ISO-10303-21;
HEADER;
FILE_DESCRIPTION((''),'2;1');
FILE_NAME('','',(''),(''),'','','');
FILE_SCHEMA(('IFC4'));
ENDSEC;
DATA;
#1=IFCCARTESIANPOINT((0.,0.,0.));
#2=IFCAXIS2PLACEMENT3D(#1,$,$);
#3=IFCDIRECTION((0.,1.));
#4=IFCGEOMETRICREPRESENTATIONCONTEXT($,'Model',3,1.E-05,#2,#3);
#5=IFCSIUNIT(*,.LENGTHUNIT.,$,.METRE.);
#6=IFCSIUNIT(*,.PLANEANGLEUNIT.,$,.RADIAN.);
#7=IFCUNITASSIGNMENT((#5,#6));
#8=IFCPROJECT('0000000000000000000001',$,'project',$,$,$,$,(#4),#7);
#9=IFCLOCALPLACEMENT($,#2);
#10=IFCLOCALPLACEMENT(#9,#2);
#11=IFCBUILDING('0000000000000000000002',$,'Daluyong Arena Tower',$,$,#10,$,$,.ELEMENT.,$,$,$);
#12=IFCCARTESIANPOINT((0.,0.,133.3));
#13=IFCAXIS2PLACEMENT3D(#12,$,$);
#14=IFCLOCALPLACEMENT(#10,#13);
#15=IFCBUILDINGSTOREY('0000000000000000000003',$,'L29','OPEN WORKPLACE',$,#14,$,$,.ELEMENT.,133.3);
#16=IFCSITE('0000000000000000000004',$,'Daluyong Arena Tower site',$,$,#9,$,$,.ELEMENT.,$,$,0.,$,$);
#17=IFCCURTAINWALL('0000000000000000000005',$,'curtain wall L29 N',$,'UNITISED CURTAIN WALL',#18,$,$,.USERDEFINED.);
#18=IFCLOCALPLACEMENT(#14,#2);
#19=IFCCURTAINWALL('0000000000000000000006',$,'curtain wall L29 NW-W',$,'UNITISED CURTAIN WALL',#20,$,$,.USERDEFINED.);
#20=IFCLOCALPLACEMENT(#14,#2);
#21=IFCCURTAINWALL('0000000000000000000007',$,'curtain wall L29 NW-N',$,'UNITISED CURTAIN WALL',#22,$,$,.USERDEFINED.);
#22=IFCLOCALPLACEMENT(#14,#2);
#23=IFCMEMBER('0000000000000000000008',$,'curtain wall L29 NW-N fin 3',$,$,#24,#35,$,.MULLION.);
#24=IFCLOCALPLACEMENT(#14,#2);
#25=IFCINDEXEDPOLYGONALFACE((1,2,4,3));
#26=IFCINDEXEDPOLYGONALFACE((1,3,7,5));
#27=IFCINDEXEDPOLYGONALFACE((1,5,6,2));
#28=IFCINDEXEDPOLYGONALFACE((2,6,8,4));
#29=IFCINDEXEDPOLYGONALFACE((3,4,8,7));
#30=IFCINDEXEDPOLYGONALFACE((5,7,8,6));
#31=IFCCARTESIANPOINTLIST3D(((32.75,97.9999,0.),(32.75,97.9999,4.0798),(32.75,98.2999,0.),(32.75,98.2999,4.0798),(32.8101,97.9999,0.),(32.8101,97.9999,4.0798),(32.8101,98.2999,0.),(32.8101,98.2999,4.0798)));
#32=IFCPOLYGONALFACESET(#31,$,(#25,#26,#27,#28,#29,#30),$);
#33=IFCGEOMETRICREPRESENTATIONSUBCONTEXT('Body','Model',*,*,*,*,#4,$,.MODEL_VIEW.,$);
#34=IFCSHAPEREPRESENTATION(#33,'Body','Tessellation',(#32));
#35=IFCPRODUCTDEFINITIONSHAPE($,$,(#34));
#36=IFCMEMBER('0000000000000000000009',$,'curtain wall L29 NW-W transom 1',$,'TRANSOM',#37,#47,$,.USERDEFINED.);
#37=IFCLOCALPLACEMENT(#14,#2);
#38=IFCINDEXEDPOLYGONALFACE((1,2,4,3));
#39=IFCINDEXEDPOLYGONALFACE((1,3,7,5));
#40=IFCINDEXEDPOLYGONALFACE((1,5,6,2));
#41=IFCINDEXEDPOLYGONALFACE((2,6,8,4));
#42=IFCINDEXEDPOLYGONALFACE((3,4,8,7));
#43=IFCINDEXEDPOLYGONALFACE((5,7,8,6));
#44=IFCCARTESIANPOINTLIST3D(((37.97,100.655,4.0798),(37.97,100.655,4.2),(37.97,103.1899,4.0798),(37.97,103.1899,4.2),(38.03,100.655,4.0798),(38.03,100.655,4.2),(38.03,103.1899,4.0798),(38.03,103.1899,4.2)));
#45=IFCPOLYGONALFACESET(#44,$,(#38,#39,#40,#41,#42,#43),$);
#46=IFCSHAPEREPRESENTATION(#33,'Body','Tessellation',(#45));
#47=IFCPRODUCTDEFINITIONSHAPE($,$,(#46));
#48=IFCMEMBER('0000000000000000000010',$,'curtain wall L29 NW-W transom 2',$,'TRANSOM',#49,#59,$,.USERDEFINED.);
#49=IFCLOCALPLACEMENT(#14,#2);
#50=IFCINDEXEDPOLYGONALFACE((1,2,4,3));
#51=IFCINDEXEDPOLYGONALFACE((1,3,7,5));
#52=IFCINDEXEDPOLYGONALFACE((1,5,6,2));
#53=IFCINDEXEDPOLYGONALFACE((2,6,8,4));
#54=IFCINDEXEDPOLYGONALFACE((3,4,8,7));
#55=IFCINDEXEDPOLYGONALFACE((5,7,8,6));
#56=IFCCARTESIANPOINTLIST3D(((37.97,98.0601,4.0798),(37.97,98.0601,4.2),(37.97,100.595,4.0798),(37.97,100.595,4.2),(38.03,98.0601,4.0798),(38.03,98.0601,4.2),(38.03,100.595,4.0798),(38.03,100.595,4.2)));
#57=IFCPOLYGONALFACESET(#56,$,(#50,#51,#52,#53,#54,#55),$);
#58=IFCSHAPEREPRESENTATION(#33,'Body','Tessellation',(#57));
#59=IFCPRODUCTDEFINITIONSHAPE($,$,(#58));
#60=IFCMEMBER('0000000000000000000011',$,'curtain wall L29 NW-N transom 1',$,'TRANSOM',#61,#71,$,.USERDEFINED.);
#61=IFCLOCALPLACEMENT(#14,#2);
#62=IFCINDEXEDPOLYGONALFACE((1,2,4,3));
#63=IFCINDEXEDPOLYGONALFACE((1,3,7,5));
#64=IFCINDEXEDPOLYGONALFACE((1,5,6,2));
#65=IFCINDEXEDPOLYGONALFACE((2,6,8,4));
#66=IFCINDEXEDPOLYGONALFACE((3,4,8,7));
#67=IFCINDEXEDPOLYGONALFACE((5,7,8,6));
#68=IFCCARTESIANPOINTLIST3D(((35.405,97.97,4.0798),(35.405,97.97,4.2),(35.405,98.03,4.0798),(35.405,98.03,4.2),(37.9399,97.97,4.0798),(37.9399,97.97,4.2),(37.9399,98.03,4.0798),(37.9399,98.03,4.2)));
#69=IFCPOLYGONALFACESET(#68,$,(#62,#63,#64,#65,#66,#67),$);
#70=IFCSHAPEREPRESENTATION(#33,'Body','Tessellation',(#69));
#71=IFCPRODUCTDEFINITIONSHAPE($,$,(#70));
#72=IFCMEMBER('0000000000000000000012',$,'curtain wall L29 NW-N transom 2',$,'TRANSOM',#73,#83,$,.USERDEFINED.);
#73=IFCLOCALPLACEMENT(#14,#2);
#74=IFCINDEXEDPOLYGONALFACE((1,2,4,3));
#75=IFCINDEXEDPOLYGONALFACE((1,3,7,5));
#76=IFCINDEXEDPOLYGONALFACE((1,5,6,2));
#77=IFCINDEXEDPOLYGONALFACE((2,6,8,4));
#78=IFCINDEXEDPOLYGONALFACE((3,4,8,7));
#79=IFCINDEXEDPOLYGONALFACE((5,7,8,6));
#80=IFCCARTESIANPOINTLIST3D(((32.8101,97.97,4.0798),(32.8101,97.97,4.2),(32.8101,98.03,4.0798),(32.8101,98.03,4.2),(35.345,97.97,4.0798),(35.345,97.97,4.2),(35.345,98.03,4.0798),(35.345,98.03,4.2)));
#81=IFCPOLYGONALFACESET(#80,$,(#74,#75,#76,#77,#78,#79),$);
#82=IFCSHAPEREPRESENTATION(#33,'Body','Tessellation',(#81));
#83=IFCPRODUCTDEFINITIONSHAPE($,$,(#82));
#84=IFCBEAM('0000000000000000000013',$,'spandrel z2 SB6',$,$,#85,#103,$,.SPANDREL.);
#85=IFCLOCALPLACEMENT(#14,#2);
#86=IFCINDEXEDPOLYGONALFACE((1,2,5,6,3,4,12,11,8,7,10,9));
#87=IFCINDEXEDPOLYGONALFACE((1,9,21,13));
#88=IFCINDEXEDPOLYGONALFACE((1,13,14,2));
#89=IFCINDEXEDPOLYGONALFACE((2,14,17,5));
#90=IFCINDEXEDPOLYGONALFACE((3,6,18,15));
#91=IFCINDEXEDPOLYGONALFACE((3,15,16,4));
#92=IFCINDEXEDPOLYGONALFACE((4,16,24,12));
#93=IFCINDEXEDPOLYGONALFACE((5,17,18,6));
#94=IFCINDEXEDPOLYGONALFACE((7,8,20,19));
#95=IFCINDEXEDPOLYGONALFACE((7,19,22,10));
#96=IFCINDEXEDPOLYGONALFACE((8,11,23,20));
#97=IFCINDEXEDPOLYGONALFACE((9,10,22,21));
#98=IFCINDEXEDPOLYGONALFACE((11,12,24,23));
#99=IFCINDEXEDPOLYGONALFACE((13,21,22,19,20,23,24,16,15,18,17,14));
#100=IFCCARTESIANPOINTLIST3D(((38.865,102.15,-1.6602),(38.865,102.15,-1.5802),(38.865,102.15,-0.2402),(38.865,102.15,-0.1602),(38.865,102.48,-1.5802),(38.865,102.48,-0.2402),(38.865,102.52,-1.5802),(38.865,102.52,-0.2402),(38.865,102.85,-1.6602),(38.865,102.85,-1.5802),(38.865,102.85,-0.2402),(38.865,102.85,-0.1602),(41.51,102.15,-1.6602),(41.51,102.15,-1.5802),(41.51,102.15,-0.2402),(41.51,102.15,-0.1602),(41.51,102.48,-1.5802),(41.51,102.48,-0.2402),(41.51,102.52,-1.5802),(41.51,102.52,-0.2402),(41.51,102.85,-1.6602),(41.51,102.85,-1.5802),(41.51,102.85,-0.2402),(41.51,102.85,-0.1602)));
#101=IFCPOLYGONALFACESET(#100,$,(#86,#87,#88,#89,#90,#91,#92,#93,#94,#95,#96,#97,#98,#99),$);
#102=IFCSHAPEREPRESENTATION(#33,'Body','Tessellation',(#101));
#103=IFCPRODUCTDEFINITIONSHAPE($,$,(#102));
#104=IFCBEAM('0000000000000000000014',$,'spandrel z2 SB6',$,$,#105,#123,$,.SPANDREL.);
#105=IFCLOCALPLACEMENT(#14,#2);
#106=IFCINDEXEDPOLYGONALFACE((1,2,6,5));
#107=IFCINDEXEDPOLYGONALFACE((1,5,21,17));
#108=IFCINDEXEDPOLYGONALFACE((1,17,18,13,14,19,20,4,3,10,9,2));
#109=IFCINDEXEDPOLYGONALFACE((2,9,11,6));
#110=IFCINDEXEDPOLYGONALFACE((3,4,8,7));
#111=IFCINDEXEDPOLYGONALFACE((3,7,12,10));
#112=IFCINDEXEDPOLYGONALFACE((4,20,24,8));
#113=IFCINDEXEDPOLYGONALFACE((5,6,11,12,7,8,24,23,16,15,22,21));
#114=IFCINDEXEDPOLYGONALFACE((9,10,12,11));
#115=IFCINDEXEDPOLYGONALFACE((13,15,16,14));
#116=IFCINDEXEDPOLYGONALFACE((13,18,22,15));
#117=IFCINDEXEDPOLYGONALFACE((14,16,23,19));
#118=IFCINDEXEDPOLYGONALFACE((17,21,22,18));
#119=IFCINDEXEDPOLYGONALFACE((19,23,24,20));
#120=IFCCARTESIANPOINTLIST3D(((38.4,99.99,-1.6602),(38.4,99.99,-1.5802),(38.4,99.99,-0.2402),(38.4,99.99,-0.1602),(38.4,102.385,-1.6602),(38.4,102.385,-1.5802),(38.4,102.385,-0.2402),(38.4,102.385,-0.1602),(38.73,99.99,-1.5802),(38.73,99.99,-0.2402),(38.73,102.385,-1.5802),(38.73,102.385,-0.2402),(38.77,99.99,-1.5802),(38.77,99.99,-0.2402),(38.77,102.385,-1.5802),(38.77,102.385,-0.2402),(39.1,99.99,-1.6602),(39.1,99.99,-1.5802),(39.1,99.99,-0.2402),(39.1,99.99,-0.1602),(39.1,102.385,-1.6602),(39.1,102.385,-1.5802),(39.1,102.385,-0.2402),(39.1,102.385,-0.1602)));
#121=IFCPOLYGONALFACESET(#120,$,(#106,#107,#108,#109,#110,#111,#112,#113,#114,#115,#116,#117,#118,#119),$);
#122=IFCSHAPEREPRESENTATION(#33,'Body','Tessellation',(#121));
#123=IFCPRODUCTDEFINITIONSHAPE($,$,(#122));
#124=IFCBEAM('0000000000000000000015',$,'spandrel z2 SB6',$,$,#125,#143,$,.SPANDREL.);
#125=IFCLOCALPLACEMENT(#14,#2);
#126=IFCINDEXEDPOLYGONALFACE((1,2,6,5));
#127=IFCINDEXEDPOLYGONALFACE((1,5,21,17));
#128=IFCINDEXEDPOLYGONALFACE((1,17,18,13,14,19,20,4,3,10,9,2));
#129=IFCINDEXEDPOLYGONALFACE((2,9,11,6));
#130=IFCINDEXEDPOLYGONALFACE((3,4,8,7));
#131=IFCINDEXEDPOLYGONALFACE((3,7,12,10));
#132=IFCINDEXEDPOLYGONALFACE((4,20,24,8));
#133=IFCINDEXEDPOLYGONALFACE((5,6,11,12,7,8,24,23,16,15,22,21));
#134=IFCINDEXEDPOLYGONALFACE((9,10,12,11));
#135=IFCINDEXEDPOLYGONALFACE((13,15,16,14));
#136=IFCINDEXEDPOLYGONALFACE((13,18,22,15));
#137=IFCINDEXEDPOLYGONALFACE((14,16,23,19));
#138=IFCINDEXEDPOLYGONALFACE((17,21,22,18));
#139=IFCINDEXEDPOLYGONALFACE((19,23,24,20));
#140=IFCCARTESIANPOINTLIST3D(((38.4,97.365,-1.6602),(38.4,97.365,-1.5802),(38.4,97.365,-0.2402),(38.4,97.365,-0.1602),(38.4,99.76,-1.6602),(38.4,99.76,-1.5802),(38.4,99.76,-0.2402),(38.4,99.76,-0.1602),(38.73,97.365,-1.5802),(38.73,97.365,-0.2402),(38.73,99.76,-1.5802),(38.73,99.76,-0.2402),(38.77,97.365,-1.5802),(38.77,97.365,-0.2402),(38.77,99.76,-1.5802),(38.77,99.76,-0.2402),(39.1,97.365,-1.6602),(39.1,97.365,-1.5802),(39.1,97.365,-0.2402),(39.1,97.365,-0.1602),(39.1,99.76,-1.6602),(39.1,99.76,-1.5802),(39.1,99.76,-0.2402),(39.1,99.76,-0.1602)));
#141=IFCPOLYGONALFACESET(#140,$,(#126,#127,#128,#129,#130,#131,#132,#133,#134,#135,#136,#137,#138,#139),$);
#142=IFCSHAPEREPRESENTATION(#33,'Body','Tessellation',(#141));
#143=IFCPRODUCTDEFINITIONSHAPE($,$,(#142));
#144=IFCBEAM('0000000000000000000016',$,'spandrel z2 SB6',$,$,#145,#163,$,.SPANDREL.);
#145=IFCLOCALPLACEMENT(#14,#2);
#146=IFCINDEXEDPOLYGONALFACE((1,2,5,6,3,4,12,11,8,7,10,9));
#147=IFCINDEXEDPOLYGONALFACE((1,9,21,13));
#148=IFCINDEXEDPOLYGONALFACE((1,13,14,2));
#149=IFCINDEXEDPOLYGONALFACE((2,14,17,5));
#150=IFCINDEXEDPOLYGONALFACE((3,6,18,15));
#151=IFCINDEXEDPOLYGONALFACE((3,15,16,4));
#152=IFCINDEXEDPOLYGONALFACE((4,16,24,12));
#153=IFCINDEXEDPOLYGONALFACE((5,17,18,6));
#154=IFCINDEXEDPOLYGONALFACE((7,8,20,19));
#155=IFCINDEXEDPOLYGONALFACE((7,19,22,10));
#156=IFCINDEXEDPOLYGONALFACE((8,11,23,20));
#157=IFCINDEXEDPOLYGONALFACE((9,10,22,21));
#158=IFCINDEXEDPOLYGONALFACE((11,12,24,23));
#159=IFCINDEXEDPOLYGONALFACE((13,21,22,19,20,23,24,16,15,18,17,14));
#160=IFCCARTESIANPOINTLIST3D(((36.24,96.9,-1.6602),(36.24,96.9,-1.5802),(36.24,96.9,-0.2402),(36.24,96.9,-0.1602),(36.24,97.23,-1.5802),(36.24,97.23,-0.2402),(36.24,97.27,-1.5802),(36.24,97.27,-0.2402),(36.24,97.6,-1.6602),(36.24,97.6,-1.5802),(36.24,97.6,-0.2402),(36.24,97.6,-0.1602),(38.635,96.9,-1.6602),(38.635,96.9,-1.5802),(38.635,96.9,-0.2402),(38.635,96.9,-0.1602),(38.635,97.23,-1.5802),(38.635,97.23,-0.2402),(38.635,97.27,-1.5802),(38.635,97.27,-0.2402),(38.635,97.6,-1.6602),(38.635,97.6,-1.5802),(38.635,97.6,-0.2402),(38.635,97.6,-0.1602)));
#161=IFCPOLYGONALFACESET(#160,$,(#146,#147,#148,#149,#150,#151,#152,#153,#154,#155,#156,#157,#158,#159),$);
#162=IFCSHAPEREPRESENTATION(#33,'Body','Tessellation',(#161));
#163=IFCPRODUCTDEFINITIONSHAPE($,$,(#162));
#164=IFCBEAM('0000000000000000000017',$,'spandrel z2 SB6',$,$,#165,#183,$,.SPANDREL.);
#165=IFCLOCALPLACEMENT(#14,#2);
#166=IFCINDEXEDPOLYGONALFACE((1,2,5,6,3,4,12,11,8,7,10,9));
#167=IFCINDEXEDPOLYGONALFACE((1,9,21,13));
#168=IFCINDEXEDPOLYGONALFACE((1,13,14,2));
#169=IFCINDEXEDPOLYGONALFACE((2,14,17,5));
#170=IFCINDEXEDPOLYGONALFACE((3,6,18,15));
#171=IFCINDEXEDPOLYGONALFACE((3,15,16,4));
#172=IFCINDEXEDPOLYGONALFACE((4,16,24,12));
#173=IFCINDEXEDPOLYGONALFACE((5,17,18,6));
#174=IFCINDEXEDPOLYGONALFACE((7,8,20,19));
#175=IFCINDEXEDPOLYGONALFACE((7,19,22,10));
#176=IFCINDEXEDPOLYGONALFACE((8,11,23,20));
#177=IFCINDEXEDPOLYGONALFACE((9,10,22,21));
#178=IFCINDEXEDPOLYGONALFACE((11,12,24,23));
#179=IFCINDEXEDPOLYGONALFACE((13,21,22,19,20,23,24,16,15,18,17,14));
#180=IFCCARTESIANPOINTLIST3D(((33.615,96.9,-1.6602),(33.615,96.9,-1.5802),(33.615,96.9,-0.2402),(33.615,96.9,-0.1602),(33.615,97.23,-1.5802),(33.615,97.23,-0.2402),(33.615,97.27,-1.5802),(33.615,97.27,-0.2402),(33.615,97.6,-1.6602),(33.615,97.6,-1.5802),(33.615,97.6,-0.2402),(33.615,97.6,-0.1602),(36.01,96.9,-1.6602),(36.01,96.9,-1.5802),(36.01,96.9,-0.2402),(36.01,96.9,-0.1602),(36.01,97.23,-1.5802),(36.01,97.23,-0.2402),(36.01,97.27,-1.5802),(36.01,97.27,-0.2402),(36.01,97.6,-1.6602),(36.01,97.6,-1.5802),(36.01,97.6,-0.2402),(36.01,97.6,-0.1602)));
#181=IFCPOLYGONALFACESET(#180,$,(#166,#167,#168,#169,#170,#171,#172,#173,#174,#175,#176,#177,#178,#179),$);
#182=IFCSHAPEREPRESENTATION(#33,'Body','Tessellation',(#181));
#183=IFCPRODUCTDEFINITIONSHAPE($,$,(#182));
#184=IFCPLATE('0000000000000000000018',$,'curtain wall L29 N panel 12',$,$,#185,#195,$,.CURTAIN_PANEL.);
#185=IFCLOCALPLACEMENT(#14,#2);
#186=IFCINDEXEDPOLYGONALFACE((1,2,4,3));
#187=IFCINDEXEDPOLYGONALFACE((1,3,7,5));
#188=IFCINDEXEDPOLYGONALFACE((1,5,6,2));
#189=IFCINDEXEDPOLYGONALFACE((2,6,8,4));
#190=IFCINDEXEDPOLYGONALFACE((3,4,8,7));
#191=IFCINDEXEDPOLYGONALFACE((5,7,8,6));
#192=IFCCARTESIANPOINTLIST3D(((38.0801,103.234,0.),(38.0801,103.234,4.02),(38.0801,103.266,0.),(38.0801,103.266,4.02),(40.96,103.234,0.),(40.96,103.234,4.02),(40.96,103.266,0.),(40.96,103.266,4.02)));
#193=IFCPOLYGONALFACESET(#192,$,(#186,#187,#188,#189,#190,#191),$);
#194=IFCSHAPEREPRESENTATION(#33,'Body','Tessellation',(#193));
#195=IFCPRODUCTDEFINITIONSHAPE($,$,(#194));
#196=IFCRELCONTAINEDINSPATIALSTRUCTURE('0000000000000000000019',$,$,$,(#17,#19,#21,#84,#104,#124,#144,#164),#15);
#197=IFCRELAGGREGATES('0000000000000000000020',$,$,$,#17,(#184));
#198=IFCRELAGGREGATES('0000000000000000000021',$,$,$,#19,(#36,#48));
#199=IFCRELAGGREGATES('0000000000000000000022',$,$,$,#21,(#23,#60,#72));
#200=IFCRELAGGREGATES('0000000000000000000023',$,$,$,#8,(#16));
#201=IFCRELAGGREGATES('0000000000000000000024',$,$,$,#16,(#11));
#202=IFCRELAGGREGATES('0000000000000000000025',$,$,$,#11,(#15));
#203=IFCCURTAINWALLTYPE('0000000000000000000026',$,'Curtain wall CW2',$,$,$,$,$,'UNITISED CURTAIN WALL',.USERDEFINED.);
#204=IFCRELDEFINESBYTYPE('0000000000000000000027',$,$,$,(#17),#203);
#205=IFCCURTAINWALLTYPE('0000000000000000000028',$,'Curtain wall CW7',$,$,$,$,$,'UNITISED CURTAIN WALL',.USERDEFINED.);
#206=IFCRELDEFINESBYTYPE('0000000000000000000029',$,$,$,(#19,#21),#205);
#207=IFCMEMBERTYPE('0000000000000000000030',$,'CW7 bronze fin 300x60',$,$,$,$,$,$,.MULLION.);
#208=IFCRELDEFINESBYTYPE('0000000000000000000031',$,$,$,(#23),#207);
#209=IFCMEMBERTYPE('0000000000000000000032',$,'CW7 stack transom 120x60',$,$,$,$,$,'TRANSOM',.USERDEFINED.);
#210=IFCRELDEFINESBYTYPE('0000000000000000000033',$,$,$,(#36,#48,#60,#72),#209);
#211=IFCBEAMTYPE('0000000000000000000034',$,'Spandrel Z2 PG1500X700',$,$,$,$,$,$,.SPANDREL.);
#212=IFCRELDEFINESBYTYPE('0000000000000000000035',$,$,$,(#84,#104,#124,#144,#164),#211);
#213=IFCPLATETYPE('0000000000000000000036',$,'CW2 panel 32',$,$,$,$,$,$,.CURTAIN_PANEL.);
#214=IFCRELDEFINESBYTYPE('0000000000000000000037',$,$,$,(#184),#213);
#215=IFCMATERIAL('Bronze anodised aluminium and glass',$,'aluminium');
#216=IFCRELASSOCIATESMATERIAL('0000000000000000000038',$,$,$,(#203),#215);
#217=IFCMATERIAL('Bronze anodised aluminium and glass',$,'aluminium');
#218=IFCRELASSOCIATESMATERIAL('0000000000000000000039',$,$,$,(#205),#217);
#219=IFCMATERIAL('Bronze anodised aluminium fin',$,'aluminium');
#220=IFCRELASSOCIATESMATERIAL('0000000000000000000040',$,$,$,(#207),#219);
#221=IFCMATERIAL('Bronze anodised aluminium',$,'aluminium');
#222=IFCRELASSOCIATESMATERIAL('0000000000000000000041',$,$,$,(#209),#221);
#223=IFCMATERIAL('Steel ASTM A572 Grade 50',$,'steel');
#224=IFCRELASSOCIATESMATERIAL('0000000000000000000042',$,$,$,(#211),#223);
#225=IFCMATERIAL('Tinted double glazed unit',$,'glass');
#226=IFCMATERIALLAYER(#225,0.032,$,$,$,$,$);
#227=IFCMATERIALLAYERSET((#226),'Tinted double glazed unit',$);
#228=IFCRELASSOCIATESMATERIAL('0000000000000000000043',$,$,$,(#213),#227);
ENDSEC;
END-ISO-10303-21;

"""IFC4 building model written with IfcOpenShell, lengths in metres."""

from ifc_helpers import new_model, si_unit, direction, frame, origin, origin_2d, place, context, subcontext, project, spatial, rectangle, i_section, extrude, material, layer, layer_set, material_profile, profile_set, type_object, element, aggregate, save


model = new_model("IFC4")

# Units and contexts
model_context = context("Model", 3, precision=1e-05, world=origin(), true_north=direction((0.0, 1.0)))
body_context = subcontext(model_context, "Body", "Model", "MODEL_VIEW")
ifc_project = project(units=[si_unit("LENGTHUNIT", "METRE"), si_unit("PLANEANGLEUNIT", "RADIAN")], contexts=[model_context])

# Site, building, storey
site_placement = place(None, origin())
site = spatial("IfcSite", under=ifc_project, at=site_placement, Name="Daluyong Arena Tower site", CompositionType="ELEMENT", RefElevation=0.0)
building_placement = place(site_placement, origin())
building = spatial("IfcBuilding", under=site, at=building_placement, Name="Daluyong Arena Tower", CompositionType="ELEMENT")
storey_placement = place(building_placement, frame((0.0, 0.0, 133.3)))
storey = spatial("IfcBuildingStorey", under=building, at=storey_placement, Name="L29", Description="OPEN WORKPLACE", CompositionType="ELEMENT", Elevation=133.3)

# Curtain wall
ifc_material_1 = material(Name="Bronze anodised aluminium and glass", Category="aluminium")
curtain_wall_type_1 = type_object("IfcCurtainWallType", Name="Curtain wall CW2", ElementType="UNITISED CURTAIN WALL", PredefinedType="USERDEFINED", material=ifc_material_1)
curtain_wall_1_placement = place(storey_placement, origin())
curtain_wall_1 = element("IfcCurtainWall", 1, at=curtain_wall_1_placement, inside=storey, type_object=curtain_wall_type_1, Name="curtain wall L29 N", ObjectType="UNITISED CURTAIN WALL", PredefinedType="USERDEFINED")

# Curtain walls, member
ifc_material_2 = material(Name="Bronze anodised aluminium and glass", Category="aluminium")
curtain_wall_type_2 = type_object("IfcCurtainWallType", Name="Curtain wall CW7", ElementType="UNITISED CURTAIN WALL", PredefinedType="USERDEFINED", material=ifc_material_2)
curtain_wall_2_placement = place(storey_placement, origin())
curtain_wall_2 = element("IfcCurtainWall", 2, at=curtain_wall_2_placement, inside=storey, type_object=curtain_wall_type_2, Name="curtain wall L29 NW-W", ObjectType="UNITISED CURTAIN WALL", PredefinedType="USERDEFINED")
ifc_material_3 = material(Name="Bronze anodised aluminium fin", Category="aluminium")
ifc_material_profile_1 = material_profile(ifc_material_3, rectangle(XDim=0.3, YDim=0.0601, at=origin_2d()))
ifc_profile_set_1 = profile_set([ifc_material_profile_1], Name="Bronze anodised aluminium fin")
member_type_1 = type_object("IfcMemberType", Name="CW7 bronze fin 300x60", PredefinedType="MULLION", material=ifc_profile_set_1)
curtain_wall_3_placement = place(storey_placement, origin())
curtain_wall_3 = element("IfcCurtainWall", 3, at=curtain_wall_3_placement, inside=storey, type_object=curtain_wall_type_2, Name="curtain wall L29 NW-N", ObjectType="UNITISED CURTAIN WALL", PredefinedType="USERDEFINED")
member_1_placement = place(storey_placement, frame((32.78, 98.1499, 0.0), z_axis=(0.0, 0.0, 1.0), x_axis=(0.0, -1.0, 0.0)))
member_1 = element("IfcMember", 4, at=member_1_placement, type_object=member_type_1, Name="curtain wall L29 NW-N fin 3", PredefinedType="MULLION", context=body_context, shape_type="SweptSolid", body=[
    extrude(rectangle(XDim=0.3, YDim=0.0601, at=origin_2d()), origin(), (0.0, 0.0, 1.0), 4.0798),
])

# Members
ifc_material_4 = material(Name="Bronze anodised aluminium", Category="aluminium")
ifc_material_profile_2 = material_profile(ifc_material_4, rectangle(XDim=0.0601, YDim=0.1201, at=origin_2d()))
ifc_profile_set_2 = profile_set([ifc_material_profile_2], Name="Bronze anodised aluminium")
member_type_2 = type_object("IfcMemberType", Name="CW7 stack transom 120x60", ElementType="TRANSOM", PredefinedType="USERDEFINED", material=ifc_profile_set_2)
member_2_placement = place(storey_placement, frame((38.0, 103.1899, 4.1399), z_axis=(0.0, -1.0, 0.0), x_axis=(1.0, 0.0, 0.0)))
member_2 = element("IfcMember", 5, at=member_2_placement, type_object=member_type_2, Name="curtain wall L29 NW-W transom 1", ObjectType="TRANSOM", PredefinedType="USERDEFINED", context=body_context, shape_type="SweptSolid", body=[
    extrude(rectangle(XDim=0.0601, YDim=0.1201, at=origin_2d()), origin(), (0.0, 0.0, 1.0), 2.5349),
])
member_3_placement = place(storey_placement, frame((38.0, 100.595, 4.1399), z_axis=(0.0, -1.0, 0.0), x_axis=(1.0, 0.0, 0.0)))
member_3 = element("IfcMember", 6, at=member_3_placement, type_object=member_type_2, Name="curtain wall L29 NW-W transom 2", ObjectType="TRANSOM", PredefinedType="USERDEFINED", context=body_context, shape_type="SweptSolid", body=[
    extrude(rectangle(XDim=0.0601, YDim=0.1201, at=origin_2d()), origin(), (0.0, 0.0, 1.0), 2.5349),
])
member_4_placement = place(storey_placement, frame((37.9399, 98.0, 4.1399), z_axis=(-1.0, 0.0, 0.0), x_axis=(0.0, -1.0, 0.0)))
member_4 = element("IfcMember", 7, at=member_4_placement, type_object=member_type_2, Name="curtain wall L29 NW-N transom 1", ObjectType="TRANSOM", PredefinedType="USERDEFINED", context=body_context, shape_type="SweptSolid", body=[
    extrude(rectangle(XDim=0.0601, YDim=0.1201, at=origin_2d()), origin(), (0.0, 0.0, 1.0), 2.5349),
])
member_5_placement = place(storey_placement, frame((35.345, 98.0, 4.1399), z_axis=(-1.0, 0.0, 0.0), x_axis=(0.0, -1.0, 0.0)))
member_5 = element("IfcMember", 8, at=member_5_placement, type_object=member_type_2, Name="curtain wall L29 NW-N transom 2", ObjectType="TRANSOM", PredefinedType="USERDEFINED", context=body_context, shape_type="SweptSolid", body=[
    extrude(rectangle(XDim=0.0601, YDim=0.1201, at=origin_2d()), origin(), (0.0, 0.0, 1.0), 2.5349),
])

# Beams
ifc_material_5 = material(Name="Steel ASTM A572 Grade 50", Category="steel")
ifc_material_profile_3 = material_profile(ifc_material_5, i_section(OverallWidth=0.7, OverallDepth=1.5, WebThickness=0.04, FlangeThickness=0.08, at=origin_2d()))
ifc_profile_set_3 = profile_set([ifc_material_profile_3], Name="Steel ASTM A572 Grade 50")
beam_type = type_object("IfcBeamType", Name="Spandrel Z2 PG1500X700", PredefinedType="SPANDREL", material=ifc_profile_set_3)
beam_placement = place(storey_placement, frame((41.51, 102.5, -0.9102), z_axis=(-1.0, 0.0, 0.0), x_axis=(0.0, -1.0, 0.0)))
element("IfcBeam", 9, at=beam_placement, inside=storey, type_object=beam_type, Name="spandrel z2 SB6", PredefinedType="SPANDREL", context=body_context, shape_type="SweptSolid", body=[
    extrude(i_section(OverallWidth=0.7, OverallDepth=1.5, WebThickness=0.04, FlangeThickness=0.08, at=origin_2d()), origin(), (0.0, 0.0, 1.0), 2.645),
])
for number, where, z_axis, x_axis, name in (
    (10, (38.75, 102.385, -0.9102), (0.0, -1.0, 0.0), (1.0, 0.0, 0.0), "spandrel z2 SB6"),
    (11, (38.75, 99.76, -0.9102), (0.0, -1.0, 0.0), (1.0, 0.0, 0.0), "spandrel z2 SB6"),
    (12, (38.635, 97.25, -0.9102), (-1.0, 0.0, 0.0), (0.0, -1.0, 0.0), "spandrel z2 SB6"),
    (13, (36.01, 97.25, -0.9102), (-1.0, 0.0, 0.0), (0.0, -1.0, 0.0), "spandrel z2 SB6"),
):
    element("IfcBeam", number, at=place(storey_placement, frame(where, z_axis=z_axis, x_axis=x_axis)), inside=storey, type_object=beam_type, Name=name, PredefinedType="SPANDREL", context=body_context, shape_type="SweptSolid", body=[
        extrude(i_section(OverallWidth=0.7, OverallDepth=1.5, WebThickness=0.04, FlangeThickness=0.08, at=origin_2d()), origin(), (0.0, 0.0, 1.0), 2.395),
    ])

# Plate
ifc_material_6 = material(Name="Tinted double glazed unit", Category="glass")
ifc_layer_1 = layer(ifc_material_6, 0.032)
ifc_layer_set_1 = layer_set([ifc_layer_1], Name="Tinted double glazed unit")
plate_type_1 = type_object("IfcPlateType", Name="CW2 panel 32", PredefinedType="CURTAIN_PANEL", material=ifc_layer_set_1)
plate_1_placement = place(storey_placement, frame((39.52, 103.25, 0.0), z_axis=(0.0, 0.0, 1.0), x_axis=(-1.0, 0.0, 0.0)))
plate_1 = element("IfcPlate", 14, at=plate_1_placement, type_object=plate_type_1, Name="curtain wall L29 N panel 12", PredefinedType="CURTAIN_PANEL", context=body_context, shape_type="SweptSolid", body=[
    extrude(rectangle(XDim=2.8799, YDim=0.032, at=origin_2d()), origin(), (0.0, 0.0, 1.0), 4.02),
])
aggregate(curtain_wall_1, [plate_1])
aggregate(curtain_wall_2, [member_2, member_3])
aggregate(curtain_wall_3, [member_1, member_4, member_5])

save(model, "model.ifc")
